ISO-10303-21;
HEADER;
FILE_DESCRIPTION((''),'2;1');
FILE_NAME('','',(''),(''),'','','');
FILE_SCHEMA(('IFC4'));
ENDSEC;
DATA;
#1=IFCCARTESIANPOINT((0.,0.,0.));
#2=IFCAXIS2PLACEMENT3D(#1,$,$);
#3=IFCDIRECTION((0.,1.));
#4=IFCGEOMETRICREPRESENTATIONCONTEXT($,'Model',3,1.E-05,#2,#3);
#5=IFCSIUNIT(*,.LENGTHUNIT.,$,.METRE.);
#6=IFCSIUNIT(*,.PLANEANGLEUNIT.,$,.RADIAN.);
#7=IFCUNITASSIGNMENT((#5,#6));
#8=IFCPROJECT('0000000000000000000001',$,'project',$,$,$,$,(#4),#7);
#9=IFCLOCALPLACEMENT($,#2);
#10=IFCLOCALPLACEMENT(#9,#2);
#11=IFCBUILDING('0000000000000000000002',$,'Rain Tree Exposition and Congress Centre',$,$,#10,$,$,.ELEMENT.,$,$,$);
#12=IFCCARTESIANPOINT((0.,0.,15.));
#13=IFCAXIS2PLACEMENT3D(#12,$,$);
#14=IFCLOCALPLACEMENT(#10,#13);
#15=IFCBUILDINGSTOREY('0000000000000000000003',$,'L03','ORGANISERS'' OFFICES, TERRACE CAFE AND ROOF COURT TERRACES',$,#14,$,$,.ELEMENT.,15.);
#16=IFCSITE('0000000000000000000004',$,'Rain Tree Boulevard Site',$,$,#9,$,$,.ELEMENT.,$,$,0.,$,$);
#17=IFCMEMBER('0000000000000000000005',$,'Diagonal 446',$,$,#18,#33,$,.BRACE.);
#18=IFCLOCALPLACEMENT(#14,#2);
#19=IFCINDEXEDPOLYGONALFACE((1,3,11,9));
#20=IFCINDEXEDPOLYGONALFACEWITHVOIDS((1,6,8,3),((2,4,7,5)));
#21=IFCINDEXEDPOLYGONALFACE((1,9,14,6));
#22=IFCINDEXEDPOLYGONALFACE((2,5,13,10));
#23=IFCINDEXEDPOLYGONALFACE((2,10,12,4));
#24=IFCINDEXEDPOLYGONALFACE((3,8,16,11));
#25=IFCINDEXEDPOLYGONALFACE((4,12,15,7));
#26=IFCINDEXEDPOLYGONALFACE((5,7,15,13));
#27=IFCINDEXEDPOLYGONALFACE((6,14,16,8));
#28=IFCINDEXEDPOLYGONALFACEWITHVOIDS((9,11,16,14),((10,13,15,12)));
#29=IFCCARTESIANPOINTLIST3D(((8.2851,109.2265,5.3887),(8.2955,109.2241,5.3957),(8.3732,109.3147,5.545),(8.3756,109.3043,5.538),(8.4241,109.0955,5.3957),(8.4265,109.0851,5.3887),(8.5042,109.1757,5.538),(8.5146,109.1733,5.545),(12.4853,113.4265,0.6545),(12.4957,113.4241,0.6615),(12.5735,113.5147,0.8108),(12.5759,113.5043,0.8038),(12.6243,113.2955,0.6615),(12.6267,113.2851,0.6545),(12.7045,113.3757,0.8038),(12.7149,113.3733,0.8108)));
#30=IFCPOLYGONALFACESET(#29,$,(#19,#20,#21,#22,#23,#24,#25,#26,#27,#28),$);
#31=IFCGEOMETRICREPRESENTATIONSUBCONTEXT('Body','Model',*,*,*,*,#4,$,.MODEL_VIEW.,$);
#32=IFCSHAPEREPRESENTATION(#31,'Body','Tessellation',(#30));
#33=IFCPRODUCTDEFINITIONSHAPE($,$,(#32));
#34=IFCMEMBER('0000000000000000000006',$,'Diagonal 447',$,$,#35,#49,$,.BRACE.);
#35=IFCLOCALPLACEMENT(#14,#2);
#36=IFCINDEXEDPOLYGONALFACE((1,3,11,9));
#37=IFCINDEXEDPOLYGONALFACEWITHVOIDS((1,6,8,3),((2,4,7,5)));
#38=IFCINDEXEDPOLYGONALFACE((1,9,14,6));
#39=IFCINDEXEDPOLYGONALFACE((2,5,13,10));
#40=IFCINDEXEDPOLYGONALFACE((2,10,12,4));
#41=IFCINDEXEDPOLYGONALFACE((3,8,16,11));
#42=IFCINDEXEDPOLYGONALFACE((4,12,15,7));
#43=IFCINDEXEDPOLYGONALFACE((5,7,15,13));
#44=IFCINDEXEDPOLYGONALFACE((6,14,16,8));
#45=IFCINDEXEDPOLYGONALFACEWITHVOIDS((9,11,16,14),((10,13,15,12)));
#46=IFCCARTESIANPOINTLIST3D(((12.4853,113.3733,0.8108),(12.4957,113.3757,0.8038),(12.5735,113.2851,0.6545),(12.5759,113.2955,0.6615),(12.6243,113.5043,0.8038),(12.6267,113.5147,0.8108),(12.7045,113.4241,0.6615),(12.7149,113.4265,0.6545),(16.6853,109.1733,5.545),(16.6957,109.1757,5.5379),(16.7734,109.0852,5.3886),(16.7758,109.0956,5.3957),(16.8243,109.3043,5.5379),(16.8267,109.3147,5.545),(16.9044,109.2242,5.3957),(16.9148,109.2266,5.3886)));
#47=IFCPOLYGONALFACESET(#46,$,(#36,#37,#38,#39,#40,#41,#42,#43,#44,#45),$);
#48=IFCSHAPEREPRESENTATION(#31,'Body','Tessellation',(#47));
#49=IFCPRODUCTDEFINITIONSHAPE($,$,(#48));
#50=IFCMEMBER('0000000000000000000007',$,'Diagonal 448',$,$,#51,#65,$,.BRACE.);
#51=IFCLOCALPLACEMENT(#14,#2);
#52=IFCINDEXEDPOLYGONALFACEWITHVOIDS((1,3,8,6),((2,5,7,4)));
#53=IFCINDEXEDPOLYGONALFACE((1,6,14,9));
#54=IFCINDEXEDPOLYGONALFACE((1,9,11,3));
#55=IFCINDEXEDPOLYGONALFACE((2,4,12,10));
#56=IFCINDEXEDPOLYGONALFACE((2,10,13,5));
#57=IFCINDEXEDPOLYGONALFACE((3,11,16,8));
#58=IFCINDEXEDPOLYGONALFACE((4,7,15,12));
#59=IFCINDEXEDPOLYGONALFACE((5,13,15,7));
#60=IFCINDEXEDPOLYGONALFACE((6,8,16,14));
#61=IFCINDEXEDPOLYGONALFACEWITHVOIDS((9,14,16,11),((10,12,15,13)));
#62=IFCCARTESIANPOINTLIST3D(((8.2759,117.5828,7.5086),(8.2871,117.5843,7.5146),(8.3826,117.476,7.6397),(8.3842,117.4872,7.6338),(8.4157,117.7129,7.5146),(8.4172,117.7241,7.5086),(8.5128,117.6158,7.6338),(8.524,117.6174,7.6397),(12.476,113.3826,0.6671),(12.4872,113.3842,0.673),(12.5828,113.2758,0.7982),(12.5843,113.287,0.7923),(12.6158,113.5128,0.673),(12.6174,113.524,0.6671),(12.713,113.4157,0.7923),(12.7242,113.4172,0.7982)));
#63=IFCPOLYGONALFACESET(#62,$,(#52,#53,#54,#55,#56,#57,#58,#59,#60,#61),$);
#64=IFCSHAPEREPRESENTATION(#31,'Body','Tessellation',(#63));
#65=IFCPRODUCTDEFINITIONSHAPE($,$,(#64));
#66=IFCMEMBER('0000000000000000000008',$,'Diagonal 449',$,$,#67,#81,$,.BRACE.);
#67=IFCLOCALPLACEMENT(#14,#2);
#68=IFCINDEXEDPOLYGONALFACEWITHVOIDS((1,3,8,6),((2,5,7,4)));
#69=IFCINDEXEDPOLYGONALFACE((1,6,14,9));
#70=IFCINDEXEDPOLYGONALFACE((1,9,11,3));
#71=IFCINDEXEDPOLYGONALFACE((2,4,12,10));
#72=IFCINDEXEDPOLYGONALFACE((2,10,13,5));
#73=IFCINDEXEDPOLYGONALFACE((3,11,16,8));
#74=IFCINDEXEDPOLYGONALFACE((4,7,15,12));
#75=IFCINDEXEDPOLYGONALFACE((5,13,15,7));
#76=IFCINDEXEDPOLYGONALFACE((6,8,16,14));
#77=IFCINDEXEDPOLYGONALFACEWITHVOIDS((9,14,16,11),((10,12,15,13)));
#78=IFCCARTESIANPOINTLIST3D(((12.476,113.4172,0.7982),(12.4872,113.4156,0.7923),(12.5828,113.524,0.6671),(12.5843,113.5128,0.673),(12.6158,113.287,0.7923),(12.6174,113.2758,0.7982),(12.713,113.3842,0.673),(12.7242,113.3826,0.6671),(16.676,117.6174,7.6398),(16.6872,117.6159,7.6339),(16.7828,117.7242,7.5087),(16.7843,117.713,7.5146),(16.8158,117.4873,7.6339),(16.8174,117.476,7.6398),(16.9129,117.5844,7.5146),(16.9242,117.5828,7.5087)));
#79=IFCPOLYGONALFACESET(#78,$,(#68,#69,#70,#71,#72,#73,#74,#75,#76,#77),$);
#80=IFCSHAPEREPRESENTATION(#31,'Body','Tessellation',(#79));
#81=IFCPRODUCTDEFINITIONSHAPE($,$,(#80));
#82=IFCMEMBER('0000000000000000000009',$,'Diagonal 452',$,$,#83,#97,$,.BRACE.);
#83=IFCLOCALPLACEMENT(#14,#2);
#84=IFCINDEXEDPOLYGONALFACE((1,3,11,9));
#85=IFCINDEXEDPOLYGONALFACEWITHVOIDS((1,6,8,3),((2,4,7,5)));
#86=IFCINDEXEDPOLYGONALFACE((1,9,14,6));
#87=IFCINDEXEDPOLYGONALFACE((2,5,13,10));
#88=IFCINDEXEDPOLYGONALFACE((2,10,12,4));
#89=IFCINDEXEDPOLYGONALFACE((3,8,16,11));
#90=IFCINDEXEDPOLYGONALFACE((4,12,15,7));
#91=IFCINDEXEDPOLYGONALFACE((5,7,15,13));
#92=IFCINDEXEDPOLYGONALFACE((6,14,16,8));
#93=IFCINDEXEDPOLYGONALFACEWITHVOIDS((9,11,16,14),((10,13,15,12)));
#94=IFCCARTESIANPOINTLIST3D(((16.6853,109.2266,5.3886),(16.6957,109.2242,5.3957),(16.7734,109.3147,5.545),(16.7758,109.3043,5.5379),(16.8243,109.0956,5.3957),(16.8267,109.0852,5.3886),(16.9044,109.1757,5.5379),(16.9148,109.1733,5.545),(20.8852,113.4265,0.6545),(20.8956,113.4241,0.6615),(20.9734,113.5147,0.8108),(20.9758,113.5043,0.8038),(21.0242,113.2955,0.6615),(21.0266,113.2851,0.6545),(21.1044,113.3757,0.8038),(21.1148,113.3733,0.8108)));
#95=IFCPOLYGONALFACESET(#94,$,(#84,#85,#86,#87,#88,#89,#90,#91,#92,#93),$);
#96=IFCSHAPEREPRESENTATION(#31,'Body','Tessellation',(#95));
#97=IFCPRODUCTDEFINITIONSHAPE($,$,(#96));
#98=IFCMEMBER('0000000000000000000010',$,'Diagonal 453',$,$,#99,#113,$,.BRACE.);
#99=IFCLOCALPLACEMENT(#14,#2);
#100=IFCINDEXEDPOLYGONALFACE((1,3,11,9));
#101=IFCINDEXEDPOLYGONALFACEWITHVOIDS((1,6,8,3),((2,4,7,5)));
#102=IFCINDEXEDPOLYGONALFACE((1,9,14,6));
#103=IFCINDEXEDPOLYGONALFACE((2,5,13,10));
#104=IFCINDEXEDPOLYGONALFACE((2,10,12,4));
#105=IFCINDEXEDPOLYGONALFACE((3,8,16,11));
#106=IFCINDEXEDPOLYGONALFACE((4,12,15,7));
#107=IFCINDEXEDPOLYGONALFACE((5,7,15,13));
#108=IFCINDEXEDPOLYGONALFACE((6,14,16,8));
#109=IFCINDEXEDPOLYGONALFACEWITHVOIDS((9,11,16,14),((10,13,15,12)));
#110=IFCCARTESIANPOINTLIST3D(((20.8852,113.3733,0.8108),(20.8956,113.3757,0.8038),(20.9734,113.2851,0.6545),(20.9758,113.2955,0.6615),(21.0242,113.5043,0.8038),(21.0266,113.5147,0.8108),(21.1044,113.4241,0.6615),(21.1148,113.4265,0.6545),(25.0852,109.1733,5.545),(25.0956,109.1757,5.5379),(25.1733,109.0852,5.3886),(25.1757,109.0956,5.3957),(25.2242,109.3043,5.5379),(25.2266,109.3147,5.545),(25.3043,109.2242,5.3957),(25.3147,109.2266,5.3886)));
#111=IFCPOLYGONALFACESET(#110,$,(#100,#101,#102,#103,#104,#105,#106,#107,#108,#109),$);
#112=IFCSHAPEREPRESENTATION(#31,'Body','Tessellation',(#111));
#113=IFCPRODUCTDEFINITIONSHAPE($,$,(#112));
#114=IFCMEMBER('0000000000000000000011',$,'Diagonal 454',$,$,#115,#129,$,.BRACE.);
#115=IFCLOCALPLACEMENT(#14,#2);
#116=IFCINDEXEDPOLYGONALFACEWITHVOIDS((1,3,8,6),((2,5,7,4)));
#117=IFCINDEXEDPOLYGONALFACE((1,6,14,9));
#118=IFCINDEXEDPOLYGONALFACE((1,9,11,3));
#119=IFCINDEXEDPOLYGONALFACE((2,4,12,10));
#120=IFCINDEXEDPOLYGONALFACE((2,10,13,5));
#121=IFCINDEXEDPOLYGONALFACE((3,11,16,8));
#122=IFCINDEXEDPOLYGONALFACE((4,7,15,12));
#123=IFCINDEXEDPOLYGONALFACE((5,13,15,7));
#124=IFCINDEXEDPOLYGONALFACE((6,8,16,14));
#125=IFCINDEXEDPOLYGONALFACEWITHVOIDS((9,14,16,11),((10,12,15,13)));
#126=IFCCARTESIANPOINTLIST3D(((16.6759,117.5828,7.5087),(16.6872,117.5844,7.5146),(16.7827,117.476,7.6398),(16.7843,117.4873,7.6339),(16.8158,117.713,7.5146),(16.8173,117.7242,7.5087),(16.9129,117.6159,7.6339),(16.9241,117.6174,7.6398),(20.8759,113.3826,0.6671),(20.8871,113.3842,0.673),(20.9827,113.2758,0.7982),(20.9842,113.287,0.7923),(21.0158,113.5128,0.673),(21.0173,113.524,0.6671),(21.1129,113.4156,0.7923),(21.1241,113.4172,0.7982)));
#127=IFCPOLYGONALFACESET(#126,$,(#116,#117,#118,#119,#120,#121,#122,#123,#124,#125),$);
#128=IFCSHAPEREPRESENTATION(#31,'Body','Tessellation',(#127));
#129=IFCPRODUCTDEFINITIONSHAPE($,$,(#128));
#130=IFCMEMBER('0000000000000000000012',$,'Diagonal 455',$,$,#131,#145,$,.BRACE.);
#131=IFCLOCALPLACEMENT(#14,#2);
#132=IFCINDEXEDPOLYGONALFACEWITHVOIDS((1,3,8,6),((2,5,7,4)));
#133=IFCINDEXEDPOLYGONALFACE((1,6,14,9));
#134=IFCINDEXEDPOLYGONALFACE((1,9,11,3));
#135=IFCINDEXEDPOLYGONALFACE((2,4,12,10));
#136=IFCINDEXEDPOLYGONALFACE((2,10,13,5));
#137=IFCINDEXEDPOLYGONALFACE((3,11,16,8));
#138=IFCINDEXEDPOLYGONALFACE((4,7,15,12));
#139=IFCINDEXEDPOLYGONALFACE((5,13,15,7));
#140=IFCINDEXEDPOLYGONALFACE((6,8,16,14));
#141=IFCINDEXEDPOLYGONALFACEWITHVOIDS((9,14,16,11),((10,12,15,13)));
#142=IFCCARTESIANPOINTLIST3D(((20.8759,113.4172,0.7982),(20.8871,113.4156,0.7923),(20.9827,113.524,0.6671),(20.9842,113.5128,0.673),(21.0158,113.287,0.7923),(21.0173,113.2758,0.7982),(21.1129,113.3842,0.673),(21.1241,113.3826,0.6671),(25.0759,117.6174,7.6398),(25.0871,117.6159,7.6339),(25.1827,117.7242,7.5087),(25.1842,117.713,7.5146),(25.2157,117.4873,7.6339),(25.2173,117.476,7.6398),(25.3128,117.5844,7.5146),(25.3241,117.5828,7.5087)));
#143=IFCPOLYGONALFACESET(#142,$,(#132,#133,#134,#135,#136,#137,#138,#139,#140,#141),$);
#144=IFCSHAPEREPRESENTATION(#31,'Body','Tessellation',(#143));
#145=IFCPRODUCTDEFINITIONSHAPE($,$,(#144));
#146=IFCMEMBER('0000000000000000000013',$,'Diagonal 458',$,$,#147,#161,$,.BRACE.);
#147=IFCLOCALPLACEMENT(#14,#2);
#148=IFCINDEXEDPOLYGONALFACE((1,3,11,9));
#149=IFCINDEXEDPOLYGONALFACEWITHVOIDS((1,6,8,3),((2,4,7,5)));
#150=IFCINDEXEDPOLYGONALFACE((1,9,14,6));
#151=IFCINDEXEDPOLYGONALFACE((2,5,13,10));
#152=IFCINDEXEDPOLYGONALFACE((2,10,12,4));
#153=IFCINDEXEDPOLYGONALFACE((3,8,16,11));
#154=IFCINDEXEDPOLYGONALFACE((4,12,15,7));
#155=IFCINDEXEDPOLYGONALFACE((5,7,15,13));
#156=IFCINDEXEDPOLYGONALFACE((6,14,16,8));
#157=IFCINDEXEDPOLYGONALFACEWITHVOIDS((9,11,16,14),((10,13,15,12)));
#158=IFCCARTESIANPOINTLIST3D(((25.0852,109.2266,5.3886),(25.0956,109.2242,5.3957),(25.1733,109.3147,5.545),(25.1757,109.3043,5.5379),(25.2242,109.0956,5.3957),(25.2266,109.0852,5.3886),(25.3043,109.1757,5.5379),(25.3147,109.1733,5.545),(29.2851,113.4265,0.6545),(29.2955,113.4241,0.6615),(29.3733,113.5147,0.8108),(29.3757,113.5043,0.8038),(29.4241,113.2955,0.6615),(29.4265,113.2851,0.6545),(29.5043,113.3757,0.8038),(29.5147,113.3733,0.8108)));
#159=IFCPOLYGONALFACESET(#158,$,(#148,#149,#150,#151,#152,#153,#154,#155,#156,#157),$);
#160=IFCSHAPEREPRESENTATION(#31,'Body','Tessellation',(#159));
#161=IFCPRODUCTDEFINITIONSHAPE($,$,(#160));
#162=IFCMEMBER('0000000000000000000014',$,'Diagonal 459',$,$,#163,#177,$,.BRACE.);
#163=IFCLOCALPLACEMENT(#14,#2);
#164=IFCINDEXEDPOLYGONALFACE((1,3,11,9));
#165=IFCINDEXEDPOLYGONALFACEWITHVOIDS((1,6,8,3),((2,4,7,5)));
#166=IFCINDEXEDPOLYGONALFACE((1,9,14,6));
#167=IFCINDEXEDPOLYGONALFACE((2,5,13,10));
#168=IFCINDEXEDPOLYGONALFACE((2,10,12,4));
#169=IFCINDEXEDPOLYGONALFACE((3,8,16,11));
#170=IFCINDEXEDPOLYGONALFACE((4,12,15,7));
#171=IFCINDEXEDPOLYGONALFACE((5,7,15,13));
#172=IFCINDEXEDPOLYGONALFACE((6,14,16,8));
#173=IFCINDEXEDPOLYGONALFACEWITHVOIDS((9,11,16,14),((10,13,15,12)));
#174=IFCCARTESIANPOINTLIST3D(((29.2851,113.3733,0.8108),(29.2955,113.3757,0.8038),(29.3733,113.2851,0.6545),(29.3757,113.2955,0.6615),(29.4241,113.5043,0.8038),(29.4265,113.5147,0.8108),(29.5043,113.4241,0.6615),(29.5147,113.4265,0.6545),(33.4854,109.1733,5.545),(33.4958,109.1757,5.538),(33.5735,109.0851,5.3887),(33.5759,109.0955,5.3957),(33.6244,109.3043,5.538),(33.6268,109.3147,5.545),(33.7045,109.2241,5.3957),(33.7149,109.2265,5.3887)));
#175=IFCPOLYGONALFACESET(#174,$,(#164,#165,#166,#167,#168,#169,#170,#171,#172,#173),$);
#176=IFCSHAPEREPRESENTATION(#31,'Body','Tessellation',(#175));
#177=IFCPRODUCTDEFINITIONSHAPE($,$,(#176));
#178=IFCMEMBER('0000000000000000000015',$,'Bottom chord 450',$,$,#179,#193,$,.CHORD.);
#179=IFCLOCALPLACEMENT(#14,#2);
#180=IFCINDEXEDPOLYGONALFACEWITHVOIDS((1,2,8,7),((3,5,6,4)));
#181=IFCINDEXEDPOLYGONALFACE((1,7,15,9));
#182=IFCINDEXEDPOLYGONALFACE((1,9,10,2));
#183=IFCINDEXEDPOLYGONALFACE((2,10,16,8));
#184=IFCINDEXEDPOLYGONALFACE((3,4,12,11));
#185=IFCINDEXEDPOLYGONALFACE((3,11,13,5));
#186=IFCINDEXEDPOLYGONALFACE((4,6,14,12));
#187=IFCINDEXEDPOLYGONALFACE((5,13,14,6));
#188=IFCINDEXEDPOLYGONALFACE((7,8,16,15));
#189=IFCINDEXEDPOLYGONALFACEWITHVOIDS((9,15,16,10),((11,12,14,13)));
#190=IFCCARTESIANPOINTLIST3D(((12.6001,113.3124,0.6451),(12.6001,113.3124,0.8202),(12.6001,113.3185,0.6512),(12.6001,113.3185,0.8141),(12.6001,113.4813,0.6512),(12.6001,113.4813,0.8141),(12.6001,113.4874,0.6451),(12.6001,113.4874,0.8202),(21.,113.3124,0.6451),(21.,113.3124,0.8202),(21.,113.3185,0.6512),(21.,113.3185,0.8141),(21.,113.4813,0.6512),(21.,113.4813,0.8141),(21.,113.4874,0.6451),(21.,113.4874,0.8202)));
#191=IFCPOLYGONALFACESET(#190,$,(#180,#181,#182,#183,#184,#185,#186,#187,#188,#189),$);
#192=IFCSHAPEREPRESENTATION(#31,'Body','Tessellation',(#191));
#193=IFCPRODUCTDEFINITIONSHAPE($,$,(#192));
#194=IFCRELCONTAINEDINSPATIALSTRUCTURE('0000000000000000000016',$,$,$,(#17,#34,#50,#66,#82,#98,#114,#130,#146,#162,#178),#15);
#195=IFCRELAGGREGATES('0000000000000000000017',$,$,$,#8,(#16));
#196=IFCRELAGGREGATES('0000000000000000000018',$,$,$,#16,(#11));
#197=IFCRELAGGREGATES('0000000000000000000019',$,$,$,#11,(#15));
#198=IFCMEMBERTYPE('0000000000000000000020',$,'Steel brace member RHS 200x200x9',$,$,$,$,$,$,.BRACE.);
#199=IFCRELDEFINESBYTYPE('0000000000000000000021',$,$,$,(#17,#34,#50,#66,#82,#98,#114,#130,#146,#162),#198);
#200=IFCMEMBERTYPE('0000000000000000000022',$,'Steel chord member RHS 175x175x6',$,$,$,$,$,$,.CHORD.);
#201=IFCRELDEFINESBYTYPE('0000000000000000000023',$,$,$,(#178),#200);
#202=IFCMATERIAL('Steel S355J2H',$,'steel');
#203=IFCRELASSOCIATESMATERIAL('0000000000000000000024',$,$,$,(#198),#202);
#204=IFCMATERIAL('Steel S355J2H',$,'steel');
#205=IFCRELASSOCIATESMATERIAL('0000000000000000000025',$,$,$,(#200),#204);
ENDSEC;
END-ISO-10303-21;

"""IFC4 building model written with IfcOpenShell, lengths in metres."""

from ifc_helpers import new_model, si_unit, direction, frame, origin, origin_2d, place, context, subcontext, project, spatial, hollow_rectangle, extrude, material, material_profile, profile_set, type_object, element, save


model = new_model("IFC4")

# Units and contexts
model_context = context("Model", 3, precision=1e-05, world=origin(), true_north=direction((0.0, 1.0)))
body_context = subcontext(model_context, "Body", "Model", "MODEL_VIEW")
ifc_project = project(units=[si_unit("LENGTHUNIT", "METRE"), si_unit("PLANEANGLEUNIT", "RADIAN")], contexts=[model_context])

# Site, building, storey
site_placement = place(None, origin())
site = spatial("IfcSite", under=ifc_project, at=site_placement, Name="Rain Tree Boulevard Site", CompositionType="ELEMENT", RefElevation=0.0)
building_placement = place(site_placement, origin())
building = spatial("IfcBuilding", under=site, at=building_placement, Name="Rain Tree Exposition and Congress Centre", CompositionType="ELEMENT")
storey_placement = place(building_placement, frame((0.0, 0.0, 15.0)))
storey = spatial("IfcBuildingStorey", under=building, at=storey_placement, Name="L03", Description="ORGANISERS' OFFICES, TERRACE CAFE AND ROOF COURT TERRACES", CompositionType="ELEMENT", Elevation=15.0)

# Members
ifc_material_1 = material(Name="Steel S355J2H", Category="steel")
ifc_material_profile_1 = material_profile(ifc_material_1, hollow_rectangle(XDim=0.2, YDim=0.2, WallThickness=0.009, at=origin_2d()), Name="RHS 200x200x9")
ifc_profile_set_1 = profile_set([ifc_material_profile_1], Name="Steel S355J2H")
member_type_1 = type_object("IfcMemberType", Name="Steel brace member RHS 200x200x9", PredefinedType="BRACE", material=ifc_profile_set_1)
member_1_placement = place(storey_placement, frame((12.6001, 113.3999, 0.7327), z_axis=(-0.552977, -0.552945, 0.623272), x_axis=(0.707086, -0.707127, 0.0)))
element("IfcMember", 1, at=member_1_placement, inside=storey, type_object=member_type_1, Name="Diagonal 446", PredefinedType="BRACE", context=body_context, shape_type="SweptSolid", body=[
    extrude(hollow_rectangle(XDim=0.2, YDim=0.2, WallThickness=0.009, at=origin_2d()), origin(), (0.0, 0.0, 1.0), 7.5957),
])
member_2_placement = place(storey_placement, frame((12.6001, 113.3999, 0.7327), z_axis=(0.552955, -0.552955, 0.623283), x_axis=(0.707107, 0.707107, 0.0)))
element("IfcMember", 2, at=member_2_placement, inside=storey, type_object=member_type_1, Name="Diagonal 447", PredefinedType="BRACE", context=body_context, shape_type="SweptSolid", body=[
    extrude(hollow_rectangle(XDim=0.2, YDim=0.2, WallThickness=0.009, at=origin_2d()), origin(), (0.0, 0.0, 1.0), 7.5955),
])
for number, where, z_axis, x_axis, name in (
    (3, (12.6001, 113.3999, 0.7327), (-0.463579, 0.463579, 0.755108), (-0.707107, -0.707107, 0.0), "Diagonal 448"),
    (4, (12.6001, 113.3999, 0.7327), (0.463558, 0.463585, 0.755118), (-0.707127, 0.707086, 0.0), "Diagonal 449"),
):
    element("IfcMember", number, at=place(storey_placement, frame(where, z_axis=z_axis, x_axis=x_axis)), inside=storey, type_object=member_type_1, Name=name, PredefinedType="BRACE", context=body_context, shape_type="SweptSolid", body=[
        extrude(hollow_rectangle(XDim=0.2, YDim=0.2, WallThickness=0.009, at=origin_2d()), origin(), (0.0, 0.0, 1.0), 9.0603),
    ])
for number, where, z_axis, x_axis, name in (
    (5, (21.0, 113.3999, 0.7327), (-0.552955, -0.552955, 0.623283), (0.707107, -0.707107, 0.0), "Diagonal 452"),
    (6, (21.0, 113.3999, 0.7327), (0.552955, -0.552955, 0.623283), (0.707107, 0.707107, 0.0), "Diagonal 453"),
):
    element("IfcMember", number, at=place(storey_placement, frame(where, z_axis=z_axis, x_axis=x_axis)), inside=storey, type_object=member_type_1, Name=name, PredefinedType="BRACE", context=body_context, shape_type="SweptSolid", body=[
        extrude(hollow_rectangle(XDim=0.2, YDim=0.2, WallThickness=0.009, at=origin_2d()), origin(), (0.0, 0.0, 1.0), 7.5955),
    ])
for number, where, z_axis, x_axis, name in (
    (7, (21.0, 113.3999, 0.7327), (-0.463558, 0.463585, 0.755118), (-0.707127, -0.707086, 0.0), "Diagonal 454"),
    (8, (21.0, 113.3999, 0.7327), (0.463558, 0.463585, 0.755118), (-0.707127, 0.707086, 0.0), "Diagonal 455"),
):
    element("IfcMember", number, at=place(storey_placement, frame(where, z_axis=z_axis, x_axis=x_axis)), inside=storey, type_object=member_type_1, Name=name, PredefinedType="BRACE", context=body_context, shape_type="SweptSolid", body=[
        extrude(hollow_rectangle(XDim=0.2, YDim=0.2, WallThickness=0.009, at=origin_2d()), origin(), (0.0, 0.0, 1.0), 9.0603),
    ])
member_3_placement = place(storey_placement, frame((29.3999, 113.3999, 0.7327), z_axis=(-0.552955, -0.552955, 0.623283), x_axis=(0.707107, -0.707107, 0.0)))
element("IfcMember", 9, at=member_3_placement, inside=storey, type_object=member_type_1, Name="Diagonal 458", PredefinedType="BRACE", context=body_context, shape_type="SweptSolid", body=[
    extrude(hollow_rectangle(XDim=0.2, YDim=0.2, WallThickness=0.009, at=origin_2d()), origin(), (0.0, 0.0, 1.0), 7.5955),
])
member_4_placement = place(storey_placement, frame((29.3999, 113.3999, 0.7327), z_axis=(0.552977, -0.552945, 0.623272), x_axis=(0.707086, 0.707127, 0.0)))
element("IfcMember", 10, at=member_4_placement, inside=storey, type_object=member_type_1, Name="Diagonal 459", PredefinedType="BRACE", context=body_context, shape_type="SweptSolid", body=[
    extrude(hollow_rectangle(XDim=0.2, YDim=0.2, WallThickness=0.009, at=origin_2d()), origin(), (0.0, 0.0, 1.0), 7.5957),
])
ifc_material_2 = material(Name="Steel S355J2H", Category="steel")
ifc_material_profile_2 = material_profile(ifc_material_2, hollow_rectangle(XDim=0.175, YDim=0.175, WallThickness=0.0061, at=origin_2d()), Name="RHS 175x175x6")
ifc_profile_set_2 = profile_set([ifc_material_profile_2], Name="Steel S355J2H")
member_type_2 = type_object("IfcMemberType", Name="Steel chord member RHS 175x175x6", PredefinedType="CHORD", material=ifc_profile_set_2)
member_5_placement = place(storey_placement, frame((12.6001, 113.3999, 0.7327), z_axis=(1.0, 0.0, 0.0), x_axis=(0.0, 1.0, 0.0)))
element("IfcMember", 11, at=member_5_placement, inside=storey, type_object=member_type_2, Name="Bottom chord 450", PredefinedType="CHORD", context=body_context, shape_type="SweptSolid", body=[
    extrude(hollow_rectangle(XDim=0.175, YDim=0.175, WallThickness=0.0061, at=origin_2d()), origin(), (0.0, 0.0, 1.0), 8.3999),
])

save(model, "model.ifc")
